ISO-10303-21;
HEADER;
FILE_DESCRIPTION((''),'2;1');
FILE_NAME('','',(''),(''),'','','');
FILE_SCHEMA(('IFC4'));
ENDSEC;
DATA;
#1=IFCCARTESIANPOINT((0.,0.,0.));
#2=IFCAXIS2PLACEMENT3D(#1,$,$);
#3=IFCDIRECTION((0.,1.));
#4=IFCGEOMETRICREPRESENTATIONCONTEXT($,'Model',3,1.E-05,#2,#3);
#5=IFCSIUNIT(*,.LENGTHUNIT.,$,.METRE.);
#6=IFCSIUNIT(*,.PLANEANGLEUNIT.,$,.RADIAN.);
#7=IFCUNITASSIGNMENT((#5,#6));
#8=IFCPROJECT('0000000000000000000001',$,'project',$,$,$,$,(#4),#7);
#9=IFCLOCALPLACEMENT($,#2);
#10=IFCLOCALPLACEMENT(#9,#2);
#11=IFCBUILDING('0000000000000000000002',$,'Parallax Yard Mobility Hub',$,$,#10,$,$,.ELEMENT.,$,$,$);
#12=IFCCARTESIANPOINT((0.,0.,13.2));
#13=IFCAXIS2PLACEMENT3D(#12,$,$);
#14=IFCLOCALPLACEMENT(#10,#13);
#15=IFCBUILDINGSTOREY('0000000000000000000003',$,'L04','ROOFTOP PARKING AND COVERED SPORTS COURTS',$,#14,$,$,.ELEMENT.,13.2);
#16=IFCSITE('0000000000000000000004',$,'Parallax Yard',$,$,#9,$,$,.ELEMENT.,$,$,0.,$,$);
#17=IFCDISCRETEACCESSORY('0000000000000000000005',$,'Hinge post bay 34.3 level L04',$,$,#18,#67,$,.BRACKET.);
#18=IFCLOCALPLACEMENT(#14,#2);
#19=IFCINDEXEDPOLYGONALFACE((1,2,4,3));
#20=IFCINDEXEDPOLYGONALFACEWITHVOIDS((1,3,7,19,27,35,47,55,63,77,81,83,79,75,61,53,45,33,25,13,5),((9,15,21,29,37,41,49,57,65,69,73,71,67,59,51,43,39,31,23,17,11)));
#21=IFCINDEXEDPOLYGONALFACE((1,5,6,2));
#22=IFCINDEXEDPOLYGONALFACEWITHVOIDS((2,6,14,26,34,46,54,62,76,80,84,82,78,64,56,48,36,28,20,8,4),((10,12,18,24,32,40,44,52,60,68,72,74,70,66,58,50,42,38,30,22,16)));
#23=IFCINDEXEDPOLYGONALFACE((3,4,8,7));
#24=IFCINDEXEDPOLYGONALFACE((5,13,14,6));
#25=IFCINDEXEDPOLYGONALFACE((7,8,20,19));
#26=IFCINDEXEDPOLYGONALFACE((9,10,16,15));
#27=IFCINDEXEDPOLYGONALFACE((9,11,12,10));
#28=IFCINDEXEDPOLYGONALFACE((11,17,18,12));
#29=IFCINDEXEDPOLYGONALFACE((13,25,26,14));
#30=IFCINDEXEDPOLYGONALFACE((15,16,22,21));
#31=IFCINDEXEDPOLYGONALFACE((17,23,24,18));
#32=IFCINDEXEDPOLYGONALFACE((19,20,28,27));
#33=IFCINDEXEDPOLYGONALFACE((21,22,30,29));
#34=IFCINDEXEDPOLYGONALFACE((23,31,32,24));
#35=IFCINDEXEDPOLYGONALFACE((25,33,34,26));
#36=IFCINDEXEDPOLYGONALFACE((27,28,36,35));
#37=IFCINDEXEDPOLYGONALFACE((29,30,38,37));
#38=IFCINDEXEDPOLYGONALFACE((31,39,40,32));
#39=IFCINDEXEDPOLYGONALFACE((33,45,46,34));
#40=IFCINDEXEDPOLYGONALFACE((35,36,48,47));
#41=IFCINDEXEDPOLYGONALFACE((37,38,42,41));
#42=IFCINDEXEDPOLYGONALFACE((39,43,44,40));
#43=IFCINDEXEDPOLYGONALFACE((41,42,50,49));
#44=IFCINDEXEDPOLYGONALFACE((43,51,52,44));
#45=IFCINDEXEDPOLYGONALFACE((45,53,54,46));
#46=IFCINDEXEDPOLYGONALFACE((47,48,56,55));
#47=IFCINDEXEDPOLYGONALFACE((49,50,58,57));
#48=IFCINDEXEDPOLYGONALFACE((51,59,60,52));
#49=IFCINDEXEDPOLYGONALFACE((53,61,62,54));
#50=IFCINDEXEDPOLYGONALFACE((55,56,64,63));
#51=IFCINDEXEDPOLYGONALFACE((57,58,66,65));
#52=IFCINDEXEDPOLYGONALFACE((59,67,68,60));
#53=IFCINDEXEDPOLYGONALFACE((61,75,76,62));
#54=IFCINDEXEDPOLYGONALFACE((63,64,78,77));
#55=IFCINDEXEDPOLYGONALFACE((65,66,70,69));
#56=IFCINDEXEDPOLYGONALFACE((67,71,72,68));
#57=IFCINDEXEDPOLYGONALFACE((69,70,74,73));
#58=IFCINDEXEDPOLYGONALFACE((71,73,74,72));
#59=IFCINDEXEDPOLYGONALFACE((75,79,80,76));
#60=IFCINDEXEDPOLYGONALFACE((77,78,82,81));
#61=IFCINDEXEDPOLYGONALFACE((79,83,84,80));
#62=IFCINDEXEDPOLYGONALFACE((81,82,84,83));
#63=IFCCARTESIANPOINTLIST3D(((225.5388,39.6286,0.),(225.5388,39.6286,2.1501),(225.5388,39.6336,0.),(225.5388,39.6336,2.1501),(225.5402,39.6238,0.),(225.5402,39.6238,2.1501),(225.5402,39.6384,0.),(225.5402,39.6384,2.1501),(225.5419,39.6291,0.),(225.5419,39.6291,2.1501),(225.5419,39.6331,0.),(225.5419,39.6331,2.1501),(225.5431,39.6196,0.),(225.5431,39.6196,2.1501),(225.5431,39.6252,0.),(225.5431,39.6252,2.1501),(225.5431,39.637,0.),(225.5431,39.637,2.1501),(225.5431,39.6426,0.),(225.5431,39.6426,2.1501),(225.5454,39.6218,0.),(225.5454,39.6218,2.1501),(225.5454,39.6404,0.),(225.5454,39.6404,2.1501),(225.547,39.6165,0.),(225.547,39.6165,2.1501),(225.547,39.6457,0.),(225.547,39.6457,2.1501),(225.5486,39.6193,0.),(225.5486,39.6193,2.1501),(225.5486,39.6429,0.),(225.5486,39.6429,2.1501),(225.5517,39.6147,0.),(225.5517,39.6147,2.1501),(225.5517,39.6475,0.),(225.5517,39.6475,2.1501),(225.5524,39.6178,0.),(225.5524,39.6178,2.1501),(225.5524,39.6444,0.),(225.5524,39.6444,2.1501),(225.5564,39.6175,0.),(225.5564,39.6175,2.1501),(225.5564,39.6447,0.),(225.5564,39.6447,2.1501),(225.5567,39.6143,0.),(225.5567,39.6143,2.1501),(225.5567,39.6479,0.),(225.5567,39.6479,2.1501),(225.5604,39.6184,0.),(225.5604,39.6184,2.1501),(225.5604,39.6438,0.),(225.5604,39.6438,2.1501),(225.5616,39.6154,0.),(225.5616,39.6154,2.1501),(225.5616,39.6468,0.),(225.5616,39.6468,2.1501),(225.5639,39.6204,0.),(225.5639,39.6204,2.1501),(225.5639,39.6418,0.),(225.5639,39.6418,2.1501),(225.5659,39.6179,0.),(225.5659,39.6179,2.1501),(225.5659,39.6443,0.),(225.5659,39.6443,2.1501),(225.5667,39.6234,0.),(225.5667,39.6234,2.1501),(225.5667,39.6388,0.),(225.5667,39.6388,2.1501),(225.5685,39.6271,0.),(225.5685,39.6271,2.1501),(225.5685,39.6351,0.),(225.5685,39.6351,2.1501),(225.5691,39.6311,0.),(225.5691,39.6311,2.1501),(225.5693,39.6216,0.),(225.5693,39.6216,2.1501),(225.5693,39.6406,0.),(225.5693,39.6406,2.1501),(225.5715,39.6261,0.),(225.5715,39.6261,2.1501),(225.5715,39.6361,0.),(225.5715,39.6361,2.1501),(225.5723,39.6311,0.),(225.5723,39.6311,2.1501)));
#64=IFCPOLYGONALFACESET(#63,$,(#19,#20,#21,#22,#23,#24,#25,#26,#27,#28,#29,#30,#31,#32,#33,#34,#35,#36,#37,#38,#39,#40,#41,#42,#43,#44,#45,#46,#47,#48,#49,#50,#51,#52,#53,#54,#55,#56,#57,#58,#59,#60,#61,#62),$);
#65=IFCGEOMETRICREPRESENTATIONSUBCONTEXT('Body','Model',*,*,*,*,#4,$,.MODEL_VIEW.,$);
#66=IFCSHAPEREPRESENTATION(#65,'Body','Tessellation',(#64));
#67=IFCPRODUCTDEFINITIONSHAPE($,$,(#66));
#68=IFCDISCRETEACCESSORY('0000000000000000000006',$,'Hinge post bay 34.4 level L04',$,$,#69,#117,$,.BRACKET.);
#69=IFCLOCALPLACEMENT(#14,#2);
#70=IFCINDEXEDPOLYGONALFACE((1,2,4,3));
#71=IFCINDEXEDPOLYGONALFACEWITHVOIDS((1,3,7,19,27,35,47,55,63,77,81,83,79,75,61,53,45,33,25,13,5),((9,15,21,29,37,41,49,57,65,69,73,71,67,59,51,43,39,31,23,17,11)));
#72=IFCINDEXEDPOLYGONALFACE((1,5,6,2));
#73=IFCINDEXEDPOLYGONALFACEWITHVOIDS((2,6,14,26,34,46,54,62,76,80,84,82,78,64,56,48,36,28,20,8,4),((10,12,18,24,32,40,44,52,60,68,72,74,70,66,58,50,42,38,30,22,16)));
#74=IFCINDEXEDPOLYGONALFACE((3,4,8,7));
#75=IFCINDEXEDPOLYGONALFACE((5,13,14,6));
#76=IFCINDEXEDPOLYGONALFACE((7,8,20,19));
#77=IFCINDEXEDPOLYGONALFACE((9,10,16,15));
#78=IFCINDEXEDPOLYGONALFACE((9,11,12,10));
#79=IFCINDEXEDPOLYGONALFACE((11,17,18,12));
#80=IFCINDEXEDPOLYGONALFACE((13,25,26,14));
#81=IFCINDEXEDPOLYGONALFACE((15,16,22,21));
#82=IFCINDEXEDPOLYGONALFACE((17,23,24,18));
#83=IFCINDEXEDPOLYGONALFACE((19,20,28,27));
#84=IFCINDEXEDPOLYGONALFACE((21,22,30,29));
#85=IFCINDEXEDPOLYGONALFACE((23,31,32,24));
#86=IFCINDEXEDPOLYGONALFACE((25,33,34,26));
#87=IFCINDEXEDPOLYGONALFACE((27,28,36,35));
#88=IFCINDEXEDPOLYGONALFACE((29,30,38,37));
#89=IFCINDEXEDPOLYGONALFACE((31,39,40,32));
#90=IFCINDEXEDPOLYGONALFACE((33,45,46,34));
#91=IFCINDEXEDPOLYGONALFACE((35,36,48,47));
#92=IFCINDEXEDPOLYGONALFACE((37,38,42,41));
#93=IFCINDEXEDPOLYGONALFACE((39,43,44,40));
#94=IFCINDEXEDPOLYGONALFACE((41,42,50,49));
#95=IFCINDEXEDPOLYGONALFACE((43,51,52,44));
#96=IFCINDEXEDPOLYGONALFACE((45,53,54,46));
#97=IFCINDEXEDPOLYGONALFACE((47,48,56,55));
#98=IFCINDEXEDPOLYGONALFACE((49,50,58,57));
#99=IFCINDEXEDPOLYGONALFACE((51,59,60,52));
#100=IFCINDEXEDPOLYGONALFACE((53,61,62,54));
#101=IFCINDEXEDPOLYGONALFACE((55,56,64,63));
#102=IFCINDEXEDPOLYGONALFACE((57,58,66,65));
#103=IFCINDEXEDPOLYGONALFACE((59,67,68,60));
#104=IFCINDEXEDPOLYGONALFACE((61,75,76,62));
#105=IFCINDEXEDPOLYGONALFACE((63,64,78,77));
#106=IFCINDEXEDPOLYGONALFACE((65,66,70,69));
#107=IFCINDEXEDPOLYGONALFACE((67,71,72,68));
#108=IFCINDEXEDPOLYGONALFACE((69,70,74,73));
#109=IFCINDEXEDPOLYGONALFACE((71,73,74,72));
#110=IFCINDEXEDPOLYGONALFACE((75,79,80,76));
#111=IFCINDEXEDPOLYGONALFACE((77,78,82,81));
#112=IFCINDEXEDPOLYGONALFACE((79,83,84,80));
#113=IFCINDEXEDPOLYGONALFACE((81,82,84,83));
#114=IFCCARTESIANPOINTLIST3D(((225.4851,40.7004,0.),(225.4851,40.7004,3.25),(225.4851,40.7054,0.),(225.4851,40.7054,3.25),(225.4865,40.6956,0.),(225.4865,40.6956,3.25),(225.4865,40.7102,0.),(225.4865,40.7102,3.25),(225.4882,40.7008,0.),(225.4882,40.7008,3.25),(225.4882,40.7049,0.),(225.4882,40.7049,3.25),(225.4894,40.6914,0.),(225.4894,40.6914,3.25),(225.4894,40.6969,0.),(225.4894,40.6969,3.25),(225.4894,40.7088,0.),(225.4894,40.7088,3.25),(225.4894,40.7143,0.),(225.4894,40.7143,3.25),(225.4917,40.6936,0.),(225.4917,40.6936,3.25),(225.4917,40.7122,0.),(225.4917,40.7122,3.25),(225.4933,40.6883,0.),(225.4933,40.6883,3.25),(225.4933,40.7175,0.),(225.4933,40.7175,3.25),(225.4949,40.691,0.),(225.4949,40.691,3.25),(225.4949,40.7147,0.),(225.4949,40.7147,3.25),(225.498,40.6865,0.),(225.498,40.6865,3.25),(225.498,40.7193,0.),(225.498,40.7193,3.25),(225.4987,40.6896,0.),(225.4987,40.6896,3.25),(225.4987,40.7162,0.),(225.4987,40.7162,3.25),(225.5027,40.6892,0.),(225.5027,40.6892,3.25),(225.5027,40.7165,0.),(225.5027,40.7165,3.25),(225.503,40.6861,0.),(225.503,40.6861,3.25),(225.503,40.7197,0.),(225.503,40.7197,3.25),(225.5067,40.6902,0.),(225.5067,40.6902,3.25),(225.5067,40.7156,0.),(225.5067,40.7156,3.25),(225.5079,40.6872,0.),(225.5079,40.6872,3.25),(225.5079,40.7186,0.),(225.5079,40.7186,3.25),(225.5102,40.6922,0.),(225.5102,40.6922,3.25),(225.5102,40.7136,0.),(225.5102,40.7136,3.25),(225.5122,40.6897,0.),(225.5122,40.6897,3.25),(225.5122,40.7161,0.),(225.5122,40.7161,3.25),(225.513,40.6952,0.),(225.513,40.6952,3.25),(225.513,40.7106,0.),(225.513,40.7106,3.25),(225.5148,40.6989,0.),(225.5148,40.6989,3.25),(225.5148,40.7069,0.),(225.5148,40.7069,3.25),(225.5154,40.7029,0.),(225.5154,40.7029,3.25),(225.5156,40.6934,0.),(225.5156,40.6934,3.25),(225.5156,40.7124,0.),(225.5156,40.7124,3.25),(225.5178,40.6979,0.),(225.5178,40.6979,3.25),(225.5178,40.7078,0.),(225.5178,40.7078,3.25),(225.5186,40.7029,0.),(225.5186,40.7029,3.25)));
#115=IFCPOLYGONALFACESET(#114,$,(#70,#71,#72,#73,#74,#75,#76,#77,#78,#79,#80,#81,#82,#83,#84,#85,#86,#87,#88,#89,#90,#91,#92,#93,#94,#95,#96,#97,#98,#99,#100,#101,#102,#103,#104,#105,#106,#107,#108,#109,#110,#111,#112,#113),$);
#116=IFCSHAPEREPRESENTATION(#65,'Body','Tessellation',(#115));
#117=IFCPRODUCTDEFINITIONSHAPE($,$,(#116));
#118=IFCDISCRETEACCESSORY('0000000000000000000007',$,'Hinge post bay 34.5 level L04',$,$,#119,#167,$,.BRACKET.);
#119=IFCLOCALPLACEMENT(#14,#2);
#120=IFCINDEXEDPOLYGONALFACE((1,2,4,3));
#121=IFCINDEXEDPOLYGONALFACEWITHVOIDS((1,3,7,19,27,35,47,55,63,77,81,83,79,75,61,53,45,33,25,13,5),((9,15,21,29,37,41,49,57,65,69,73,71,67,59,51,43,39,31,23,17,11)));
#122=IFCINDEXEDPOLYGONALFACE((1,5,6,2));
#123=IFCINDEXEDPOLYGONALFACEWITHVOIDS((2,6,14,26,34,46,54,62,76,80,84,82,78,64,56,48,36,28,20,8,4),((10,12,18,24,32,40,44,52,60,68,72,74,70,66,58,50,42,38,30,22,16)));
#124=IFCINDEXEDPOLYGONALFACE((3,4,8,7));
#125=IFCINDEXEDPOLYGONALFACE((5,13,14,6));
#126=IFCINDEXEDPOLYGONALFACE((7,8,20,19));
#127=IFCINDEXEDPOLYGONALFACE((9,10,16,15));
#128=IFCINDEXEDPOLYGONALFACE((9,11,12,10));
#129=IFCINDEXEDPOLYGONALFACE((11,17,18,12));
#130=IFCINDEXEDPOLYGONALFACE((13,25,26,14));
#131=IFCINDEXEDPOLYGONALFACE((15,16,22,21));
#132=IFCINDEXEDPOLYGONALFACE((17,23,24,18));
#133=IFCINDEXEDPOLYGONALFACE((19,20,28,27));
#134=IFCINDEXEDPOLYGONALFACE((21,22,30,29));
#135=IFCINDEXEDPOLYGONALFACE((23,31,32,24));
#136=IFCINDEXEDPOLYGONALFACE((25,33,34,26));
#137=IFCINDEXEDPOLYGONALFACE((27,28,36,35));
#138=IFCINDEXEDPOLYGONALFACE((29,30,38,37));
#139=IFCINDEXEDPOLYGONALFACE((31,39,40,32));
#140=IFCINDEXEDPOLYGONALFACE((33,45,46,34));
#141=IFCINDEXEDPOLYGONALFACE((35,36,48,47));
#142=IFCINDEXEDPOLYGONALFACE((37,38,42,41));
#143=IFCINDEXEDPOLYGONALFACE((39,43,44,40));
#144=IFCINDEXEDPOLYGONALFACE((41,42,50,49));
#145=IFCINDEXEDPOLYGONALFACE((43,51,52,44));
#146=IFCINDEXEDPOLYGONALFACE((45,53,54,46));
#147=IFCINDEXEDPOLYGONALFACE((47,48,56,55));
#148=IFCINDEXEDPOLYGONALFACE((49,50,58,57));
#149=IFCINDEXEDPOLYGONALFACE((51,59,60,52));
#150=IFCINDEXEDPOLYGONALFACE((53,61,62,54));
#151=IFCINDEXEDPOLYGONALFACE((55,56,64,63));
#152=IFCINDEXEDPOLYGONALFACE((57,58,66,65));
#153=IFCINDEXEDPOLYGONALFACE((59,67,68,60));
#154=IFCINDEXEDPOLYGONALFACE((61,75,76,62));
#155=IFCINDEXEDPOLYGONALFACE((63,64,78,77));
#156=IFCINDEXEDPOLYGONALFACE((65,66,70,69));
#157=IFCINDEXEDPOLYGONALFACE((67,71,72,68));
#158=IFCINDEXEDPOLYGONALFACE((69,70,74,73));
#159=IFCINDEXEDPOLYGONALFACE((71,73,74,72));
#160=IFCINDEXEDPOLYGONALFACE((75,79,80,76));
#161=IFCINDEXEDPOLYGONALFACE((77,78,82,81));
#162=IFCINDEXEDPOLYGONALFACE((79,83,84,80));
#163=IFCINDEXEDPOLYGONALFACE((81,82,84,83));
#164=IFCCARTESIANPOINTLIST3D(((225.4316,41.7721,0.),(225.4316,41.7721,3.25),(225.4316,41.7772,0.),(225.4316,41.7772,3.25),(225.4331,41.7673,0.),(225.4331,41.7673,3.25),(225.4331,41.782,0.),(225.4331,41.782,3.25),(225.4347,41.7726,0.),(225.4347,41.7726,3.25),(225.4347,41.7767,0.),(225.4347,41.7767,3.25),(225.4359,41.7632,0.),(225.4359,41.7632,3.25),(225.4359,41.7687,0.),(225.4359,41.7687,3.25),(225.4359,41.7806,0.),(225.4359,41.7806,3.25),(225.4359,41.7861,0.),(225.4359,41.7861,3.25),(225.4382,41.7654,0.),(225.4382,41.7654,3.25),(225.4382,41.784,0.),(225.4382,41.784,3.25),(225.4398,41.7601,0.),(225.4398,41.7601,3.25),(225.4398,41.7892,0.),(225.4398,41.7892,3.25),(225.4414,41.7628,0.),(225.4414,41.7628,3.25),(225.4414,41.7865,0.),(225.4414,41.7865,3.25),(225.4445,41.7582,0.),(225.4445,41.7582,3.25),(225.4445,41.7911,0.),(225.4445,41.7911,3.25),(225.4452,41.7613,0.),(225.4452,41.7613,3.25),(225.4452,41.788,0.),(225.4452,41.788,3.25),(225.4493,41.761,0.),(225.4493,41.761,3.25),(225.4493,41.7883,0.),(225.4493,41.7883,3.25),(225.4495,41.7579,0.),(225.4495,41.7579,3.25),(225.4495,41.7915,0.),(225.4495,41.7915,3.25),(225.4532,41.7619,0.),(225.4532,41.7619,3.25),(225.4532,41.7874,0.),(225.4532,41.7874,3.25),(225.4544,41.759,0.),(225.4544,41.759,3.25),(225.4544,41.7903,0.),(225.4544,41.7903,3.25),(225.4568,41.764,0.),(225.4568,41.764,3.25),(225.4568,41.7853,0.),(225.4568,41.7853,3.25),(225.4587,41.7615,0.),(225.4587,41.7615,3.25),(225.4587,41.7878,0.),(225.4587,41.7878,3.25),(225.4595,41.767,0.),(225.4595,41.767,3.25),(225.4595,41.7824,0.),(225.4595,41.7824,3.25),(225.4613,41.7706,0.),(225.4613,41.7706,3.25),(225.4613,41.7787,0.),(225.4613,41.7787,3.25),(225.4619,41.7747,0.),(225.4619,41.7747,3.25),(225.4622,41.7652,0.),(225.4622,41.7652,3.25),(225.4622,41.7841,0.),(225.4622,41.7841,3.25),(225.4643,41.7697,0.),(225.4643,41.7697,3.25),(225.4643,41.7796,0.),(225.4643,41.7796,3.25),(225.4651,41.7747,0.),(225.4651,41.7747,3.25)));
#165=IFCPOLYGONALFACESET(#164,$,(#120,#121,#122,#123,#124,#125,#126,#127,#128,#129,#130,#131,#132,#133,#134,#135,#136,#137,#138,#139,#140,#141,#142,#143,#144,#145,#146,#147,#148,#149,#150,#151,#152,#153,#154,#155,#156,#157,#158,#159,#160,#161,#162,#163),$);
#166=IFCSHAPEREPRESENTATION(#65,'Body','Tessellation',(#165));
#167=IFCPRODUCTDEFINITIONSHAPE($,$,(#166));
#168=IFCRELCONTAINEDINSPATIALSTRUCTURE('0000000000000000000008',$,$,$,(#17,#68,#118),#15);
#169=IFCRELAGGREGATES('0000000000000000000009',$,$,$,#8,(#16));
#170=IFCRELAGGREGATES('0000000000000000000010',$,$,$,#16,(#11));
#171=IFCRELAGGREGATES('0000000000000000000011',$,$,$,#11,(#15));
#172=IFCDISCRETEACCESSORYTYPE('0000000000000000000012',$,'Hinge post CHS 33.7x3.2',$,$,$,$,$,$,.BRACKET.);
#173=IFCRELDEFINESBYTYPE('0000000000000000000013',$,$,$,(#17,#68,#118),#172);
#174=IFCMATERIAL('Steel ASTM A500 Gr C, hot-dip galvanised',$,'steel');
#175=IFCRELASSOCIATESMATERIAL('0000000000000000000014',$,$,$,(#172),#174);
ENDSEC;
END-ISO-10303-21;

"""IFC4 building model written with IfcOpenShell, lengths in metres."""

from ifc_helpers import new_model, si_unit, direction, frame, origin, origin_2d, place, context, subcontext, project, spatial, hollow_circle, extrude, material, material_profile, profile_set, type_object, element, save


model = new_model("IFC4")

# Units and contexts
model_context = context("Model", 3, precision=1e-05, world=origin(), true_north=direction((0.0, 1.0)))
body_context = subcontext(model_context, "Body", "Model", "MODEL_VIEW")
ifc_project = project(units=[si_unit("LENGTHUNIT", "METRE"), si_unit("PLANEANGLEUNIT", "RADIAN")], contexts=[model_context])

# Site, building, storey
site_placement = place(None, origin())
site = spatial("IfcSite", under=ifc_project, at=site_placement, Name="Parallax Yard", CompositionType="ELEMENT", RefElevation=0.0)
building_placement = place(site_placement, origin())
building = spatial("IfcBuilding", under=site, at=building_placement, Name="Parallax Yard Mobility Hub", CompositionType="ELEMENT")
storey_placement = place(building_placement, frame((0.0, 0.0, 13.2)))
storey = spatial("IfcBuildingStorey", under=building, at=storey_placement, Name="L04", Description="ROOFTOP PARKING AND COVERED SPORTS COURTS", CompositionType="ELEMENT", Elevation=13.2)

# Discrete accessories
ifc_material_1 = material(Name="Steel ASTM A500 Gr C, hot-dip galvanised", Category="steel")
ifc_material_profile = material_profile(ifc_material_1, hollow_circle(Radius=0.0168, WallThickness=0.0032, at=origin_2d()), Name="CHS 33.7x3.2")
ifc_profile_set = profile_set([ifc_material_profile], Name="Steel ASTM A500 Gr C, hot-dip galvanised")
discrete_accessory_type = type_object("IfcDiscreteAccessoryType", Name="Hinge post CHS 33.7x3.2", PredefinedType="BRACKET", material=ifc_profile_set)
discrete_accessory_1_placement = place(storey_placement, frame((225.5554, 39.6311, 0.0), z_axis=(0.0, 0.0, 1.0), x_axis=(1.0, 0.0, 0.0)))
element("IfcDiscreteAccessory", 1, at=discrete_accessory_1_placement, inside=storey, type_object=discrete_accessory_type, Name="Hinge post bay 34.3 level L04", PredefinedType="BRACKET", context=body_context, shape_type="SweptSolid", body=[
    extrude(hollow_circle(Radius=0.0168, WallThickness=0.0032, at=origin_2d()), origin(), (0.0, 0.0, 1.0), 2.1501),
])
for number, where, z_axis, x_axis, name in (
    (2, (225.5017, 40.7029, 0.0), (0.0, 0.0, 1.0), (1.0, 0.0, 0.0), "Hinge post bay 34.4 level L04"),
    (3, (225.4482, 41.7747, 0.0), (0.0, 0.0, 1.0), (1.0, 0.0, 0.0), "Hinge post bay 34.5 level L04"),
):
    element("IfcDiscreteAccessory", number, at=place(storey_placement, frame(where, z_axis=z_axis, x_axis=x_axis)), inside=storey, type_object=discrete_accessory_type, Name=name, PredefinedType="BRACKET", context=body_context, shape_type="SweptSolid", body=[
        extrude(hollow_circle(Radius=0.0168, WallThickness=0.0032, at=origin_2d()), origin(), (0.0, 0.0, 1.0), 3.25),
    ])

save(model, "model.ifc")
